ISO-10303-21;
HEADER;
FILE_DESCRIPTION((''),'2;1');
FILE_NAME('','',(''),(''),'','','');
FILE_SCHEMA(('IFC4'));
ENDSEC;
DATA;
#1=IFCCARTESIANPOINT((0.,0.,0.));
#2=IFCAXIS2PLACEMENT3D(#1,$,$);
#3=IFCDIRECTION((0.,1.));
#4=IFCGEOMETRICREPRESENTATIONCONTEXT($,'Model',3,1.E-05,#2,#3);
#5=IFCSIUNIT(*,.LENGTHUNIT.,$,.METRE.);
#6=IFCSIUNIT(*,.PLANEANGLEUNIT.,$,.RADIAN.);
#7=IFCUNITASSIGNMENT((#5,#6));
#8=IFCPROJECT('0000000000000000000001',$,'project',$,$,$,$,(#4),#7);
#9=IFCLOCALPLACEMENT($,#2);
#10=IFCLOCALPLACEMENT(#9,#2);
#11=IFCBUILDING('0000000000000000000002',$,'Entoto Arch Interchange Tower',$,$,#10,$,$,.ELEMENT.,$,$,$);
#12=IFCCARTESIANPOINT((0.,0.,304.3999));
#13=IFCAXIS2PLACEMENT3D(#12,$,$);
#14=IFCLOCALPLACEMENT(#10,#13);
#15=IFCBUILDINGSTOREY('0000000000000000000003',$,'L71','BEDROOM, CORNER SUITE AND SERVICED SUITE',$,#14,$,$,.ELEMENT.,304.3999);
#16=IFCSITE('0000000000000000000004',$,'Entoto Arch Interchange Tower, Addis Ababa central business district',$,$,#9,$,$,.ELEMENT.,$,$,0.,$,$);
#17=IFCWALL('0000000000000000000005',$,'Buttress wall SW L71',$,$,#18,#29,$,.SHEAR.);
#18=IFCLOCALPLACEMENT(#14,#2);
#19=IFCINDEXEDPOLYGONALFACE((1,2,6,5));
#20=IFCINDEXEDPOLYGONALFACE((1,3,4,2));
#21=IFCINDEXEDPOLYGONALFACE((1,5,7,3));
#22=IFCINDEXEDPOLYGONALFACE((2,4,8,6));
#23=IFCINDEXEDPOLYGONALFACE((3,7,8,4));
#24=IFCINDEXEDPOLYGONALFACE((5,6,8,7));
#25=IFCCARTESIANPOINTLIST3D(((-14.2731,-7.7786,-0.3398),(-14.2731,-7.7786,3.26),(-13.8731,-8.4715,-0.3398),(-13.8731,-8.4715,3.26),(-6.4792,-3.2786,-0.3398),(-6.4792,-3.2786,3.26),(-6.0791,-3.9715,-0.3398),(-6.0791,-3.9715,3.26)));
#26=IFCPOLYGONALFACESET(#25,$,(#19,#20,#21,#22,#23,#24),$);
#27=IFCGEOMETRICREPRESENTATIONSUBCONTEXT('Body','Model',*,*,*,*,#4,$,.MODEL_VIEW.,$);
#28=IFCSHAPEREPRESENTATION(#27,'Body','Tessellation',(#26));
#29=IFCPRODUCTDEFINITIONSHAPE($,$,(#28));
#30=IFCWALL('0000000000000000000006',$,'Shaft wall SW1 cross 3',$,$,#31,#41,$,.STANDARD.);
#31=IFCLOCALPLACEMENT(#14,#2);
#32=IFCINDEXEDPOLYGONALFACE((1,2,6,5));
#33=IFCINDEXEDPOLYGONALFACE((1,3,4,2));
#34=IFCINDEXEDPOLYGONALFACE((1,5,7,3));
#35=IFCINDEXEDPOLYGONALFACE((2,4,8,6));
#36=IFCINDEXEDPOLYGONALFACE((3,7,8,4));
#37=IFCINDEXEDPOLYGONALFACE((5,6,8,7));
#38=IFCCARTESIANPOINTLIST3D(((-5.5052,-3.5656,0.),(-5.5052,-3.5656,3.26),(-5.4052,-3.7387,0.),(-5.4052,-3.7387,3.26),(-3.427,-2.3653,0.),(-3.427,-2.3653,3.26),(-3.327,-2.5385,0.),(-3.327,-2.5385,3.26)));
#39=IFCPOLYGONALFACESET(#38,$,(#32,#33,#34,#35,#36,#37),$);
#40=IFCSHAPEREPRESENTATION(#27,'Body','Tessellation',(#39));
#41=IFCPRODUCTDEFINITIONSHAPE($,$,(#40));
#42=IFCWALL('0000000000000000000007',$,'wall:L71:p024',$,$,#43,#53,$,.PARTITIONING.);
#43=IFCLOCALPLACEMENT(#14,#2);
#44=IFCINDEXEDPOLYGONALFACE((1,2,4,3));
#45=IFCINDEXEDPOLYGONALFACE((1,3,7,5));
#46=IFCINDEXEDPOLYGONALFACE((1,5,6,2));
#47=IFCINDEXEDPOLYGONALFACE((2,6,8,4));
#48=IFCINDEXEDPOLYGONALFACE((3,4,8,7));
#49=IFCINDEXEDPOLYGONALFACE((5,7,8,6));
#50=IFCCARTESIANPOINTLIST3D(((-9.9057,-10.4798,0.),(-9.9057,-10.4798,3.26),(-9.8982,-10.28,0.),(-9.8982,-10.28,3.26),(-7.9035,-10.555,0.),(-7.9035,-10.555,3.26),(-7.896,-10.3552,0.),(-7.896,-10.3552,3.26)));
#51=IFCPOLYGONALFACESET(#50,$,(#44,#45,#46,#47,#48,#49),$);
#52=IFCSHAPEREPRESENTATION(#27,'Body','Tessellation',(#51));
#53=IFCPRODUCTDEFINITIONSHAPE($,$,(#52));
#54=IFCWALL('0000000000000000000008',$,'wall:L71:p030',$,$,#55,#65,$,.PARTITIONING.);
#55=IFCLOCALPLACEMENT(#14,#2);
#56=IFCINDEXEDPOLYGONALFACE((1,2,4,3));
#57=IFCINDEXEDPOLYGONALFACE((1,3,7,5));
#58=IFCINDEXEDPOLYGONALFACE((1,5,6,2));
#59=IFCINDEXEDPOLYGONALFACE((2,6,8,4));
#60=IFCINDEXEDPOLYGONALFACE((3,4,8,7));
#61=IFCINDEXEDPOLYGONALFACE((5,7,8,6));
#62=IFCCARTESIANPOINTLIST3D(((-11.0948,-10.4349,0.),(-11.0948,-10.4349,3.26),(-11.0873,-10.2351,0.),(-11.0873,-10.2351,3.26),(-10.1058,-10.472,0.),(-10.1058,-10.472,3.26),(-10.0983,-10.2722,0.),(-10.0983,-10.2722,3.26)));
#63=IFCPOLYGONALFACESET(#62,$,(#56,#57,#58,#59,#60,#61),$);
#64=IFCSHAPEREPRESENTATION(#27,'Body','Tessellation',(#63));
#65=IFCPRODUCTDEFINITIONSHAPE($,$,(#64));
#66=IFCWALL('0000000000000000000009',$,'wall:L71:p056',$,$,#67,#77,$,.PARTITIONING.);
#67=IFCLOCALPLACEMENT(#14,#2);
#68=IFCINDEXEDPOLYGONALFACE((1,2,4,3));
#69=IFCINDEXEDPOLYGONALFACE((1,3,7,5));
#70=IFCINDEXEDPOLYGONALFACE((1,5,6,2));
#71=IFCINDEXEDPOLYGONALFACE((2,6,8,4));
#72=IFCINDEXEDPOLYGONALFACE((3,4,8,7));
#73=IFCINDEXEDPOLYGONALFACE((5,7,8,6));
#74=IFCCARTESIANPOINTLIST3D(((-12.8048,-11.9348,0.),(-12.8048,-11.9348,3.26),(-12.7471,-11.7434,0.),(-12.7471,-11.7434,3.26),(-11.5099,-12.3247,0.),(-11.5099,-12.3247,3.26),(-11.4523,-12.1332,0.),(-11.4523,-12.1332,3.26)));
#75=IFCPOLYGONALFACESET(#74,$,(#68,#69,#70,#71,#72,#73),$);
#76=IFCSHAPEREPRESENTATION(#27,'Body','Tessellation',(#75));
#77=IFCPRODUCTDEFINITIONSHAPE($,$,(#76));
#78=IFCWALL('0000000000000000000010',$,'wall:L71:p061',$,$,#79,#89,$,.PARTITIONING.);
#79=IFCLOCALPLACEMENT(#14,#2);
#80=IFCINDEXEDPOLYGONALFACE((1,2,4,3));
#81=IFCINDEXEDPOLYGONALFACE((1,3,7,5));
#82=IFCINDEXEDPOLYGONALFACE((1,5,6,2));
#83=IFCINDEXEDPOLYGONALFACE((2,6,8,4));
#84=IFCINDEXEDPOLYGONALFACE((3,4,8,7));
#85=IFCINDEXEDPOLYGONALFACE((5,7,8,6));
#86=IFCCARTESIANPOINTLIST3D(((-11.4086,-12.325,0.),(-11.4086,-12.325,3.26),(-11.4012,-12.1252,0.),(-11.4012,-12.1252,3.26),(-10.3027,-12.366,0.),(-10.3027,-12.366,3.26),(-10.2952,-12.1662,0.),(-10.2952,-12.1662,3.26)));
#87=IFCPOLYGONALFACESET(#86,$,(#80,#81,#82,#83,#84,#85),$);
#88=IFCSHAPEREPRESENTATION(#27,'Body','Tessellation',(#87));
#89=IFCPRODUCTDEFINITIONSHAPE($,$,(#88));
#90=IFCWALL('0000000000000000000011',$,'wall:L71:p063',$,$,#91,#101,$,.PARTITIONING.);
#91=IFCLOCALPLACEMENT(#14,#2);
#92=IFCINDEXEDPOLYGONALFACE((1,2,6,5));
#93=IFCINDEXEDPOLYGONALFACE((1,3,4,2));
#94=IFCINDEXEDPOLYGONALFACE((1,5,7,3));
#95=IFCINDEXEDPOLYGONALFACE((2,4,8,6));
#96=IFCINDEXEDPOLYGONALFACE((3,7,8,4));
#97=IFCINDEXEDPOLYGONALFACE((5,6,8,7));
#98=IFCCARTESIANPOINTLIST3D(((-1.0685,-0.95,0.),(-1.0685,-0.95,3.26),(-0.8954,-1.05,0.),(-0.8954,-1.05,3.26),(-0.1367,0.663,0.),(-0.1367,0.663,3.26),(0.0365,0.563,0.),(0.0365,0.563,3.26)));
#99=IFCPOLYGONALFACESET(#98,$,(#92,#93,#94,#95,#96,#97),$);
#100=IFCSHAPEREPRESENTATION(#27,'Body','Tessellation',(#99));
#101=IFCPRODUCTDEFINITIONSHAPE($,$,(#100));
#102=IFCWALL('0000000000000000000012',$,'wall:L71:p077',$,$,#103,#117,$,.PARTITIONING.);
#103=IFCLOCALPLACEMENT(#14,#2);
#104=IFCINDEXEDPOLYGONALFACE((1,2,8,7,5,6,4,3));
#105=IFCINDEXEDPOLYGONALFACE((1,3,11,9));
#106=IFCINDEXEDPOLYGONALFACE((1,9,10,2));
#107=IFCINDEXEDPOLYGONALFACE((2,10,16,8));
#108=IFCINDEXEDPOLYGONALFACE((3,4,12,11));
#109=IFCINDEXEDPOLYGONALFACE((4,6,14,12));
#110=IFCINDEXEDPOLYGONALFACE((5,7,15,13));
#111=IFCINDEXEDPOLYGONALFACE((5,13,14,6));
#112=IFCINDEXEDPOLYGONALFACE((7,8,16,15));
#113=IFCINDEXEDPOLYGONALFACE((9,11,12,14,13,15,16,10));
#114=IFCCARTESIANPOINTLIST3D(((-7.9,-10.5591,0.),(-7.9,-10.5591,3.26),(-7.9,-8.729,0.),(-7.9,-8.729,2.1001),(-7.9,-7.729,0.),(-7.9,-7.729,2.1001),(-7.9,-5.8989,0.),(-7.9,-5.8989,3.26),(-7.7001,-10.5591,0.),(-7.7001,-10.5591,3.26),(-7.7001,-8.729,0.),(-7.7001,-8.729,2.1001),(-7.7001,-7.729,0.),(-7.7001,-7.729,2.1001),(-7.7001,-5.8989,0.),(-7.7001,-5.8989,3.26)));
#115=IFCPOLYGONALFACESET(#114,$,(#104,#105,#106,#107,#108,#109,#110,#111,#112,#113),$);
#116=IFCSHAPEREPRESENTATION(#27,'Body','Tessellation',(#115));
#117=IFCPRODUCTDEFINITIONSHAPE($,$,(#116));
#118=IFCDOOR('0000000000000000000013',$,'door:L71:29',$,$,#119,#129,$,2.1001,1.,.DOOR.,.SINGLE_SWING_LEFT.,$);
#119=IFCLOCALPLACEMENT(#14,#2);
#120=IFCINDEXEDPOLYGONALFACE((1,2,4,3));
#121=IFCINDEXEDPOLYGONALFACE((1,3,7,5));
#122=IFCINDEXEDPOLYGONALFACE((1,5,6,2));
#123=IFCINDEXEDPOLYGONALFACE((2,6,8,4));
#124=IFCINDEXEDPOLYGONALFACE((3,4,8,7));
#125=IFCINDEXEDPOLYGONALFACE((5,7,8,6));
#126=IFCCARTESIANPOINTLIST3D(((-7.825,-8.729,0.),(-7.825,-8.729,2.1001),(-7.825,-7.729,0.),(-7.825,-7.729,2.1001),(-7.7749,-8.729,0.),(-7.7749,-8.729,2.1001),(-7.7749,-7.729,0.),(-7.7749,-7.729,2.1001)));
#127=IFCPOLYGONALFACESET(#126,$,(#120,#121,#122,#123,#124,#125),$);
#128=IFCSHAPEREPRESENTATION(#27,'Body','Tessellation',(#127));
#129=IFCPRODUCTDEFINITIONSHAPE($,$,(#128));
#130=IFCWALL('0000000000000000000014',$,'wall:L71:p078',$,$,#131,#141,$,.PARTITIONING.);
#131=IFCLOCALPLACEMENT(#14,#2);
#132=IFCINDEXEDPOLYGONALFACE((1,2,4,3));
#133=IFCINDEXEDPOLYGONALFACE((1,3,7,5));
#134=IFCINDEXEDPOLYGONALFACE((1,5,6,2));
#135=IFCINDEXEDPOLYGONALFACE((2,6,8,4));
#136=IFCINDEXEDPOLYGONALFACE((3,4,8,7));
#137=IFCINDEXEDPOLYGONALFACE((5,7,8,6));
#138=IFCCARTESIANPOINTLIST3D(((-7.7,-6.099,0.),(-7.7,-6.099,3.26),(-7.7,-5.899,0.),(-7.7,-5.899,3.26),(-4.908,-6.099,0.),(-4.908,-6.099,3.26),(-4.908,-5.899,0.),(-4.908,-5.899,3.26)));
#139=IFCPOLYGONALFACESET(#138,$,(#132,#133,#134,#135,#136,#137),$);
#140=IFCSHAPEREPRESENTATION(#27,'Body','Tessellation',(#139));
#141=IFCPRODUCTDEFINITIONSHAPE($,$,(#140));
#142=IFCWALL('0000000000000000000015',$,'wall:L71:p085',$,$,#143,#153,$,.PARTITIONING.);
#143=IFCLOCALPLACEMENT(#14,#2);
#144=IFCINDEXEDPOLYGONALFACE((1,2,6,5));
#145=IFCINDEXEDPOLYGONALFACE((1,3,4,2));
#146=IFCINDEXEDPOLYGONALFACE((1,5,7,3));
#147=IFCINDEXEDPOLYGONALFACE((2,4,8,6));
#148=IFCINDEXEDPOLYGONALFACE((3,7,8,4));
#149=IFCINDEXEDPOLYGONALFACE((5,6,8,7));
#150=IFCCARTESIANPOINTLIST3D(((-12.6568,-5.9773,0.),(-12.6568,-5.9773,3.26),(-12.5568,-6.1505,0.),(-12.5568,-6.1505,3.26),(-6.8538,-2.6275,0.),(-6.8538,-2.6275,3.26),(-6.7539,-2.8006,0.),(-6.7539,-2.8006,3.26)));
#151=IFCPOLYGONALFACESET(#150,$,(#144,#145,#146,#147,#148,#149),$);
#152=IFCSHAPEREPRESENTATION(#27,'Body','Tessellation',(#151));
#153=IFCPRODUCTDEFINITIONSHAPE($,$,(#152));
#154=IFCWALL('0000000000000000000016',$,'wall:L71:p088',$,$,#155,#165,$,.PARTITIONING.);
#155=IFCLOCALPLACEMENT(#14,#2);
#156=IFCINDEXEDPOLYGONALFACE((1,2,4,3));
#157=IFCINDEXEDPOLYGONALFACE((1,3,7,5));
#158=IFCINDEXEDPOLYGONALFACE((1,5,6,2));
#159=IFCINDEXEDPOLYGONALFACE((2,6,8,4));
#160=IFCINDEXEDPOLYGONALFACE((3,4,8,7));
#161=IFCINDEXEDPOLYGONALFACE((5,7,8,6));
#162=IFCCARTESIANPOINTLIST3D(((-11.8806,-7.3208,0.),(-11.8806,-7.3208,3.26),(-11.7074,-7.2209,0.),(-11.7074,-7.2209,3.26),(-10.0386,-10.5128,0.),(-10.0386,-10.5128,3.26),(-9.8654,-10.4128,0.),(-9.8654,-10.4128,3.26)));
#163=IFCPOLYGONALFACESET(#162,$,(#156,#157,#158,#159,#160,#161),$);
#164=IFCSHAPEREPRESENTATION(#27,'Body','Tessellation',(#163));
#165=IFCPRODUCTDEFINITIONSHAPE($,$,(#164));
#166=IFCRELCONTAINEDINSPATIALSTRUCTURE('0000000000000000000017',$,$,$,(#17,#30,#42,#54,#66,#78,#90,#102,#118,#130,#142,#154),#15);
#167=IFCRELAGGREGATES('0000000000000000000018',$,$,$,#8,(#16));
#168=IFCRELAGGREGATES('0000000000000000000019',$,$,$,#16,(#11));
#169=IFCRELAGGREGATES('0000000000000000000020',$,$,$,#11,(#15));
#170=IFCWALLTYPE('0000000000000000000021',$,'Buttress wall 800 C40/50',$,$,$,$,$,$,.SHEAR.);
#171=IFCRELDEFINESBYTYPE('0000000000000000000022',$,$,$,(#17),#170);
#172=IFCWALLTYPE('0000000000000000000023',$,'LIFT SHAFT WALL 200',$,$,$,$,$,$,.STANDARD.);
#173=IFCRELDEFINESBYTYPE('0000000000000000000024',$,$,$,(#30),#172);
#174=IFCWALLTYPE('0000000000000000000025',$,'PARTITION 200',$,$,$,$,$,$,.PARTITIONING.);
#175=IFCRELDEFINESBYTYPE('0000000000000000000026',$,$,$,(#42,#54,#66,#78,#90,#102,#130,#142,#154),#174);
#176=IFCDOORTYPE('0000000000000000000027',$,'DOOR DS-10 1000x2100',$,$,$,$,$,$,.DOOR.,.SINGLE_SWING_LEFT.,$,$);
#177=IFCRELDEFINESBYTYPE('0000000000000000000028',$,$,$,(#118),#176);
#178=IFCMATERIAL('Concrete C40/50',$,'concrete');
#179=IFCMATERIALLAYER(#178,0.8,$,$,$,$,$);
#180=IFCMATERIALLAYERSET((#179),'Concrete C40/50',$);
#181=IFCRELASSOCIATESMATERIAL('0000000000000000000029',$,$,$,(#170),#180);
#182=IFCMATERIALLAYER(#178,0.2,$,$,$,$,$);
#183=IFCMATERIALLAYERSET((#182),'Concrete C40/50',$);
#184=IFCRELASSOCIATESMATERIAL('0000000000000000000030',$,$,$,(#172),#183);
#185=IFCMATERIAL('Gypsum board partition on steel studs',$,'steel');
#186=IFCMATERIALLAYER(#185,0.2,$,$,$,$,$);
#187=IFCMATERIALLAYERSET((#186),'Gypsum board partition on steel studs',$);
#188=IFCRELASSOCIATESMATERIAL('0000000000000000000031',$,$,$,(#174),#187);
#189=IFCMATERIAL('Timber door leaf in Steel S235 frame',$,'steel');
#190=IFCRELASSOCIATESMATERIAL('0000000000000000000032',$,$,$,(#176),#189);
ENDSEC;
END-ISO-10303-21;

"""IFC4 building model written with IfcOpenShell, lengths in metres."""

from ifc_helpers import new_model, si_unit, direction, frame, frame_2d, origin, place, context, subcontext, project, spatial, rectangle, extrude, material, layer, layer_set, type_object, element, fill, save


model = new_model("IFC4")

# Units and contexts
model_context = context("Model", 3, precision=1e-05, world=origin(), true_north=direction((0.0, 1.0)))
body_context = subcontext(model_context, "Body", "Model", "MODEL_VIEW")
ifc_project = project(units=[si_unit("LENGTHUNIT", "METRE"), si_unit("PLANEANGLEUNIT", "RADIAN")], contexts=[model_context])

# Site, building, storey
site_placement = place(None, origin())
site = spatial("IfcSite", under=ifc_project, at=site_placement, Name="Entoto Arch Interchange Tower, Addis Ababa central business district", CompositionType="ELEMENT", RefElevation=0.0)
building_placement = place(site_placement, origin())
building = spatial("IfcBuilding", under=site, at=building_placement, Name="Entoto Arch Interchange Tower", CompositionType="ELEMENT")
storey_placement = place(building_placement, frame((0.0, 0.0, 304.3999)))
storey = spatial("IfcBuildingStorey", under=building, at=storey_placement, Name="L71", Description="BEDROOM, CORNER SUITE AND SERVICED SUITE", CompositionType="ELEMENT", Elevation=304.3999)

# Walls
ifc_material_1 = material(Name="Concrete C40/50", Category="concrete")
ifc_layer_1 = layer(ifc_material_1, 0.8)
ifc_layer_set_1 = layer_set([ifc_layer_1], Name="Concrete C40/50")
wall_type_1 = type_object("IfcWallType", Name="Buttress wall 800 C40/50", PredefinedType="SHEAR", material=ifc_layer_set_1)
wall_1_placement = place(storey_placement, frame((-6.2791, -3.625, -0.3398), z_axis=(0.0, 0.0, 1.0), x_axis=(-0.866018, -0.500014, 0.0)))
element("IfcWall", 1, at=wall_1_placement, inside=storey, type_object=wall_type_1, Name="Buttress wall SW L71", PredefinedType="SHEAR", context=body_context, shape_type="SweptSolid", body=[
    extrude(rectangle(XDim=8.9998, YDim=0.8, at=frame_2d((4.5, 0.0))), origin(), (0.0, 0.0, 1.0), 3.5999),
])
ifc_layer_2 = layer(ifc_material_1, 0.2)
ifc_layer_set_2 = layer_set([ifc_layer_2], Name="Concrete C40/50")
wall_type_2 = type_object("IfcWallType", Name="LIFT SHAFT WALL 200", PredefinedType="STANDARD", material=ifc_layer_set_2)
wall_2_placement = place(storey_placement, frame((-3.377, -2.4519, 0.0), z_axis=(0.0, 0.0, 1.0), x_axis=(-0.865955, -0.500122, 0.0)))
element("IfcWall", 2, at=wall_2_placement, inside=storey, type_object=wall_type_2, Name="Shaft wall SW1 cross 3", PredefinedType="STANDARD", context=body_context, shape_type="SweptSolid", body=[
    extrude(rectangle(XDim=2.3999, YDim=0.2, at=frame_2d((1.2, 0.0))), origin(), (0.0, 0.0, 1.0), 3.26),
])
ifc_material_2 = material(Name="Gypsum board partition on steel studs", Category="steel")
ifc_layer_3 = layer(ifc_material_2, 0.2)
ifc_layer_set_3 = layer_set([ifc_layer_3], Name="Gypsum board partition on steel studs")
wall_type_3 = type_object("IfcWallType", Name="PARTITION 200", PredefinedType="PARTITIONING", material=ifc_layer_set_3)
wall_3_placement = place(storey_placement, frame((-9.9021, -10.3799, 0.0), z_axis=(0.0, 0.0, 1.0), x_axis=(0.999296, -0.03753, 0.0)))
element("IfcWall", 3, at=wall_3_placement, inside=storey, type_object=wall_type_3, Name="wall:L71:p024", PredefinedType="PARTITIONING", context=body_context, shape_type="SweptSolid", body=[
    extrude(rectangle(XDim=2.0037, YDim=0.2, at=frame_2d((1.002, 0.0))), origin(), (0.0, 0.0, 1.0), 3.26),
])
wall_4_placement = place(storey_placement, frame((-11.0911, -10.335, 0.0), z_axis=(0.0, 0.0, 1.0), x_axis=(0.999297, -0.037495, 0.0)))
element("IfcWall", 4, at=wall_4_placement, inside=storey, type_object=wall_type_3, Name="wall:L71:p030", PredefinedType="PARTITIONING", context=body_context, shape_type="SweptSolid", body=[
    extrude(rectangle(XDim=0.9897, YDim=0.2, at=frame_2d((0.4949, 0.0))), origin(), (0.0, 0.0, 1.0), 3.26),
])
wall_5_placement = place(storey_placement, frame((-11.481, -12.229, 0.0), z_axis=(0.0, 0.0, 1.0), x_axis=(-0.957538, 0.288308, 0.0)))
element("IfcWall", 5, at=wall_5_placement, inside=storey, type_object=wall_type_3, Name="wall:L71:p056", PredefinedType="PARTITIONING", context=body_context, shape_type="SweptSolid", body=[
    extrude(rectangle(XDim=1.3523, YDim=0.2, at=frame_2d((0.6763, 0.0))), origin(), (0.0, 0.0, 1.0), 3.26),
])
wall_6_placement = place(storey_placement, frame((-10.2991, -12.2661, 0.0), z_axis=(0.0, 0.0, 1.0), x_axis=(-0.999313, 0.037061, 0.0)))
element("IfcWall", 6, at=wall_6_placement, inside=storey, type_object=wall_type_3, Name="wall:L71:p061", PredefinedType="PARTITIONING", context=body_context, shape_type="SweptSolid", body=[
    extrude(rectangle(XDim=1.1067, YDim=0.2, at=frame_2d((0.5532, 0.0))), origin(), (0.0, 0.0, 1.0), 3.26),
])
wall_7_placement = place(storey_placement, frame((-0.9819, -1.0, 0.0), z_axis=(0.0, 0.0, 1.0), x_axis=(0.50024, 0.865887, 0.0)))
element("IfcWall", 7, at=wall_7_placement, inside=storey, type_object=wall_type_3, Name="wall:L71:p063", PredefinedType="PARTITIONING", context=body_context, shape_type="SweptSolid", body=[
    extrude(rectangle(XDim=1.8628, YDim=0.2, at=frame_2d((0.9314, 0.0))), origin(), (0.0, 0.0, 1.0), 3.26),
])

# Wall, opening, door
wall_8_placement = place(storey_placement, frame((-7.8, -10.5591, 0.0), z_axis=(0.0, 0.0, 1.0), x_axis=(0.0, 1.0, 0.0)))
wall_8 = element("IfcWall", 8, at=wall_8_placement, inside=storey, type_object=wall_type_3, Name="wall:L71:p077", PredefinedType="PARTITIONING", context=body_context, shape_type="SweptSolid", body=[
    extrude(rectangle(XDim=4.6602, YDim=0.2, at=frame_2d((2.3301, 0.0))), origin(), (0.0, 0.0, 1.0), 3.26),
])
opening_1_placement = place(wall_8_placement, frame((1.8301, 0.0, 0.0)))
opening_1 = element("IfcOpeningElement", 9, at=opening_1_placement, cuts=wall_8, PredefinedType="OPENING", context=body_context, shape_type="SweptSolid", body=[
    extrude(rectangle(XDim=1.0, YDim=2.1001, at=frame_2d((0.5, 1.05))), frame((0.0, 0.1099, 0.0), z_axis=(0.0, -1.0, 0.0), x_axis=(1.0, 0.0, 0.0)), (0.0, 0.0, 1.0), 0.22),
])
ifc_material_3 = material(Name="Timber door leaf in Steel S235 frame", Category="steel")
door_type_1 = type_object("IfcDoorType", Name="DOOR DS-10 1000x2100", OperationType="SINGLE_SWING_LEFT", PredefinedType="DOOR", material=ifc_material_3)
door_1_placement = place(opening_1_placement, origin())
door_1 = element("IfcDoor", 10, at=door_1_placement, inside=storey, type_object=door_type_1, Name="door:L71:29", OperationType="SINGLE_SWING_LEFT", OverallHeight=2.1001, OverallWidth=1.0, PredefinedType="DOOR", context=body_context, shape_type="SweptSolid", body=[
    extrude(rectangle(XDim=1.0, YDim=2.1001, at=frame_2d((0.5, 1.05))), frame((0.0, 0.0249, 0.0), z_axis=(0.0, -1.0, 0.0), x_axis=(1.0, 0.0, 0.0)), (0.0, 0.0, 1.0), 0.05),
])
fill(opening_1, door_1)

# Walls
wall_9_placement = place(storey_placement, frame((-7.7, -5.999, 0.0), z_axis=(0.0, 0.0, 1.0), x_axis=(1.0, 0.0, 0.0)))
element("IfcWall", 11, at=wall_9_placement, inside=storey, type_object=wall_type_3, Name="wall:L71:p078", PredefinedType="PARTITIONING", context=body_context, shape_type="SweptSolid", body=[
    extrude(rectangle(XDim=2.792, YDim=0.2, at=frame_2d((1.396, 0.0))), origin(), (0.0, 0.0, 1.0), 3.26),
])
wall_10_placement = place(storey_placement, frame((-6.804, -2.7141, 0.0), z_axis=(0.0, 0.0, 1.0), x_axis=(-0.866058, -0.499944, 0.0)))
element("IfcWall", 12, at=wall_10_placement, inside=storey, type_object=wall_type_3, Name="wall:L71:p085", PredefinedType="PARTITIONING", context=body_context, shape_type="SweptSolid", body=[
    extrude(rectangle(XDim=6.7004, YDim=0.2, at=frame_2d((3.3501, 0.0))), origin(), (0.0, 0.0, 1.0), 3.26),
])
wall_11_placement = place(storey_placement, frame((-9.9519, -10.4629, 0.0), z_axis=(0.0, 0.0, 1.0), x_axis=(-0.499837, 0.866119, 0.0)))
element("IfcWall", 13, at=wall_11_placement, inside=storey, type_object=wall_type_3, Name="wall:L71:p088", PredefinedType="PARTITIONING", context=body_context, shape_type="SweptSolid", body=[
    extrude(rectangle(XDim=3.6853, YDim=0.2, at=frame_2d((1.8428, 0.0))), origin(), (0.0, 0.0, 1.0), 3.26),
])

save(model, "model.ifc")
